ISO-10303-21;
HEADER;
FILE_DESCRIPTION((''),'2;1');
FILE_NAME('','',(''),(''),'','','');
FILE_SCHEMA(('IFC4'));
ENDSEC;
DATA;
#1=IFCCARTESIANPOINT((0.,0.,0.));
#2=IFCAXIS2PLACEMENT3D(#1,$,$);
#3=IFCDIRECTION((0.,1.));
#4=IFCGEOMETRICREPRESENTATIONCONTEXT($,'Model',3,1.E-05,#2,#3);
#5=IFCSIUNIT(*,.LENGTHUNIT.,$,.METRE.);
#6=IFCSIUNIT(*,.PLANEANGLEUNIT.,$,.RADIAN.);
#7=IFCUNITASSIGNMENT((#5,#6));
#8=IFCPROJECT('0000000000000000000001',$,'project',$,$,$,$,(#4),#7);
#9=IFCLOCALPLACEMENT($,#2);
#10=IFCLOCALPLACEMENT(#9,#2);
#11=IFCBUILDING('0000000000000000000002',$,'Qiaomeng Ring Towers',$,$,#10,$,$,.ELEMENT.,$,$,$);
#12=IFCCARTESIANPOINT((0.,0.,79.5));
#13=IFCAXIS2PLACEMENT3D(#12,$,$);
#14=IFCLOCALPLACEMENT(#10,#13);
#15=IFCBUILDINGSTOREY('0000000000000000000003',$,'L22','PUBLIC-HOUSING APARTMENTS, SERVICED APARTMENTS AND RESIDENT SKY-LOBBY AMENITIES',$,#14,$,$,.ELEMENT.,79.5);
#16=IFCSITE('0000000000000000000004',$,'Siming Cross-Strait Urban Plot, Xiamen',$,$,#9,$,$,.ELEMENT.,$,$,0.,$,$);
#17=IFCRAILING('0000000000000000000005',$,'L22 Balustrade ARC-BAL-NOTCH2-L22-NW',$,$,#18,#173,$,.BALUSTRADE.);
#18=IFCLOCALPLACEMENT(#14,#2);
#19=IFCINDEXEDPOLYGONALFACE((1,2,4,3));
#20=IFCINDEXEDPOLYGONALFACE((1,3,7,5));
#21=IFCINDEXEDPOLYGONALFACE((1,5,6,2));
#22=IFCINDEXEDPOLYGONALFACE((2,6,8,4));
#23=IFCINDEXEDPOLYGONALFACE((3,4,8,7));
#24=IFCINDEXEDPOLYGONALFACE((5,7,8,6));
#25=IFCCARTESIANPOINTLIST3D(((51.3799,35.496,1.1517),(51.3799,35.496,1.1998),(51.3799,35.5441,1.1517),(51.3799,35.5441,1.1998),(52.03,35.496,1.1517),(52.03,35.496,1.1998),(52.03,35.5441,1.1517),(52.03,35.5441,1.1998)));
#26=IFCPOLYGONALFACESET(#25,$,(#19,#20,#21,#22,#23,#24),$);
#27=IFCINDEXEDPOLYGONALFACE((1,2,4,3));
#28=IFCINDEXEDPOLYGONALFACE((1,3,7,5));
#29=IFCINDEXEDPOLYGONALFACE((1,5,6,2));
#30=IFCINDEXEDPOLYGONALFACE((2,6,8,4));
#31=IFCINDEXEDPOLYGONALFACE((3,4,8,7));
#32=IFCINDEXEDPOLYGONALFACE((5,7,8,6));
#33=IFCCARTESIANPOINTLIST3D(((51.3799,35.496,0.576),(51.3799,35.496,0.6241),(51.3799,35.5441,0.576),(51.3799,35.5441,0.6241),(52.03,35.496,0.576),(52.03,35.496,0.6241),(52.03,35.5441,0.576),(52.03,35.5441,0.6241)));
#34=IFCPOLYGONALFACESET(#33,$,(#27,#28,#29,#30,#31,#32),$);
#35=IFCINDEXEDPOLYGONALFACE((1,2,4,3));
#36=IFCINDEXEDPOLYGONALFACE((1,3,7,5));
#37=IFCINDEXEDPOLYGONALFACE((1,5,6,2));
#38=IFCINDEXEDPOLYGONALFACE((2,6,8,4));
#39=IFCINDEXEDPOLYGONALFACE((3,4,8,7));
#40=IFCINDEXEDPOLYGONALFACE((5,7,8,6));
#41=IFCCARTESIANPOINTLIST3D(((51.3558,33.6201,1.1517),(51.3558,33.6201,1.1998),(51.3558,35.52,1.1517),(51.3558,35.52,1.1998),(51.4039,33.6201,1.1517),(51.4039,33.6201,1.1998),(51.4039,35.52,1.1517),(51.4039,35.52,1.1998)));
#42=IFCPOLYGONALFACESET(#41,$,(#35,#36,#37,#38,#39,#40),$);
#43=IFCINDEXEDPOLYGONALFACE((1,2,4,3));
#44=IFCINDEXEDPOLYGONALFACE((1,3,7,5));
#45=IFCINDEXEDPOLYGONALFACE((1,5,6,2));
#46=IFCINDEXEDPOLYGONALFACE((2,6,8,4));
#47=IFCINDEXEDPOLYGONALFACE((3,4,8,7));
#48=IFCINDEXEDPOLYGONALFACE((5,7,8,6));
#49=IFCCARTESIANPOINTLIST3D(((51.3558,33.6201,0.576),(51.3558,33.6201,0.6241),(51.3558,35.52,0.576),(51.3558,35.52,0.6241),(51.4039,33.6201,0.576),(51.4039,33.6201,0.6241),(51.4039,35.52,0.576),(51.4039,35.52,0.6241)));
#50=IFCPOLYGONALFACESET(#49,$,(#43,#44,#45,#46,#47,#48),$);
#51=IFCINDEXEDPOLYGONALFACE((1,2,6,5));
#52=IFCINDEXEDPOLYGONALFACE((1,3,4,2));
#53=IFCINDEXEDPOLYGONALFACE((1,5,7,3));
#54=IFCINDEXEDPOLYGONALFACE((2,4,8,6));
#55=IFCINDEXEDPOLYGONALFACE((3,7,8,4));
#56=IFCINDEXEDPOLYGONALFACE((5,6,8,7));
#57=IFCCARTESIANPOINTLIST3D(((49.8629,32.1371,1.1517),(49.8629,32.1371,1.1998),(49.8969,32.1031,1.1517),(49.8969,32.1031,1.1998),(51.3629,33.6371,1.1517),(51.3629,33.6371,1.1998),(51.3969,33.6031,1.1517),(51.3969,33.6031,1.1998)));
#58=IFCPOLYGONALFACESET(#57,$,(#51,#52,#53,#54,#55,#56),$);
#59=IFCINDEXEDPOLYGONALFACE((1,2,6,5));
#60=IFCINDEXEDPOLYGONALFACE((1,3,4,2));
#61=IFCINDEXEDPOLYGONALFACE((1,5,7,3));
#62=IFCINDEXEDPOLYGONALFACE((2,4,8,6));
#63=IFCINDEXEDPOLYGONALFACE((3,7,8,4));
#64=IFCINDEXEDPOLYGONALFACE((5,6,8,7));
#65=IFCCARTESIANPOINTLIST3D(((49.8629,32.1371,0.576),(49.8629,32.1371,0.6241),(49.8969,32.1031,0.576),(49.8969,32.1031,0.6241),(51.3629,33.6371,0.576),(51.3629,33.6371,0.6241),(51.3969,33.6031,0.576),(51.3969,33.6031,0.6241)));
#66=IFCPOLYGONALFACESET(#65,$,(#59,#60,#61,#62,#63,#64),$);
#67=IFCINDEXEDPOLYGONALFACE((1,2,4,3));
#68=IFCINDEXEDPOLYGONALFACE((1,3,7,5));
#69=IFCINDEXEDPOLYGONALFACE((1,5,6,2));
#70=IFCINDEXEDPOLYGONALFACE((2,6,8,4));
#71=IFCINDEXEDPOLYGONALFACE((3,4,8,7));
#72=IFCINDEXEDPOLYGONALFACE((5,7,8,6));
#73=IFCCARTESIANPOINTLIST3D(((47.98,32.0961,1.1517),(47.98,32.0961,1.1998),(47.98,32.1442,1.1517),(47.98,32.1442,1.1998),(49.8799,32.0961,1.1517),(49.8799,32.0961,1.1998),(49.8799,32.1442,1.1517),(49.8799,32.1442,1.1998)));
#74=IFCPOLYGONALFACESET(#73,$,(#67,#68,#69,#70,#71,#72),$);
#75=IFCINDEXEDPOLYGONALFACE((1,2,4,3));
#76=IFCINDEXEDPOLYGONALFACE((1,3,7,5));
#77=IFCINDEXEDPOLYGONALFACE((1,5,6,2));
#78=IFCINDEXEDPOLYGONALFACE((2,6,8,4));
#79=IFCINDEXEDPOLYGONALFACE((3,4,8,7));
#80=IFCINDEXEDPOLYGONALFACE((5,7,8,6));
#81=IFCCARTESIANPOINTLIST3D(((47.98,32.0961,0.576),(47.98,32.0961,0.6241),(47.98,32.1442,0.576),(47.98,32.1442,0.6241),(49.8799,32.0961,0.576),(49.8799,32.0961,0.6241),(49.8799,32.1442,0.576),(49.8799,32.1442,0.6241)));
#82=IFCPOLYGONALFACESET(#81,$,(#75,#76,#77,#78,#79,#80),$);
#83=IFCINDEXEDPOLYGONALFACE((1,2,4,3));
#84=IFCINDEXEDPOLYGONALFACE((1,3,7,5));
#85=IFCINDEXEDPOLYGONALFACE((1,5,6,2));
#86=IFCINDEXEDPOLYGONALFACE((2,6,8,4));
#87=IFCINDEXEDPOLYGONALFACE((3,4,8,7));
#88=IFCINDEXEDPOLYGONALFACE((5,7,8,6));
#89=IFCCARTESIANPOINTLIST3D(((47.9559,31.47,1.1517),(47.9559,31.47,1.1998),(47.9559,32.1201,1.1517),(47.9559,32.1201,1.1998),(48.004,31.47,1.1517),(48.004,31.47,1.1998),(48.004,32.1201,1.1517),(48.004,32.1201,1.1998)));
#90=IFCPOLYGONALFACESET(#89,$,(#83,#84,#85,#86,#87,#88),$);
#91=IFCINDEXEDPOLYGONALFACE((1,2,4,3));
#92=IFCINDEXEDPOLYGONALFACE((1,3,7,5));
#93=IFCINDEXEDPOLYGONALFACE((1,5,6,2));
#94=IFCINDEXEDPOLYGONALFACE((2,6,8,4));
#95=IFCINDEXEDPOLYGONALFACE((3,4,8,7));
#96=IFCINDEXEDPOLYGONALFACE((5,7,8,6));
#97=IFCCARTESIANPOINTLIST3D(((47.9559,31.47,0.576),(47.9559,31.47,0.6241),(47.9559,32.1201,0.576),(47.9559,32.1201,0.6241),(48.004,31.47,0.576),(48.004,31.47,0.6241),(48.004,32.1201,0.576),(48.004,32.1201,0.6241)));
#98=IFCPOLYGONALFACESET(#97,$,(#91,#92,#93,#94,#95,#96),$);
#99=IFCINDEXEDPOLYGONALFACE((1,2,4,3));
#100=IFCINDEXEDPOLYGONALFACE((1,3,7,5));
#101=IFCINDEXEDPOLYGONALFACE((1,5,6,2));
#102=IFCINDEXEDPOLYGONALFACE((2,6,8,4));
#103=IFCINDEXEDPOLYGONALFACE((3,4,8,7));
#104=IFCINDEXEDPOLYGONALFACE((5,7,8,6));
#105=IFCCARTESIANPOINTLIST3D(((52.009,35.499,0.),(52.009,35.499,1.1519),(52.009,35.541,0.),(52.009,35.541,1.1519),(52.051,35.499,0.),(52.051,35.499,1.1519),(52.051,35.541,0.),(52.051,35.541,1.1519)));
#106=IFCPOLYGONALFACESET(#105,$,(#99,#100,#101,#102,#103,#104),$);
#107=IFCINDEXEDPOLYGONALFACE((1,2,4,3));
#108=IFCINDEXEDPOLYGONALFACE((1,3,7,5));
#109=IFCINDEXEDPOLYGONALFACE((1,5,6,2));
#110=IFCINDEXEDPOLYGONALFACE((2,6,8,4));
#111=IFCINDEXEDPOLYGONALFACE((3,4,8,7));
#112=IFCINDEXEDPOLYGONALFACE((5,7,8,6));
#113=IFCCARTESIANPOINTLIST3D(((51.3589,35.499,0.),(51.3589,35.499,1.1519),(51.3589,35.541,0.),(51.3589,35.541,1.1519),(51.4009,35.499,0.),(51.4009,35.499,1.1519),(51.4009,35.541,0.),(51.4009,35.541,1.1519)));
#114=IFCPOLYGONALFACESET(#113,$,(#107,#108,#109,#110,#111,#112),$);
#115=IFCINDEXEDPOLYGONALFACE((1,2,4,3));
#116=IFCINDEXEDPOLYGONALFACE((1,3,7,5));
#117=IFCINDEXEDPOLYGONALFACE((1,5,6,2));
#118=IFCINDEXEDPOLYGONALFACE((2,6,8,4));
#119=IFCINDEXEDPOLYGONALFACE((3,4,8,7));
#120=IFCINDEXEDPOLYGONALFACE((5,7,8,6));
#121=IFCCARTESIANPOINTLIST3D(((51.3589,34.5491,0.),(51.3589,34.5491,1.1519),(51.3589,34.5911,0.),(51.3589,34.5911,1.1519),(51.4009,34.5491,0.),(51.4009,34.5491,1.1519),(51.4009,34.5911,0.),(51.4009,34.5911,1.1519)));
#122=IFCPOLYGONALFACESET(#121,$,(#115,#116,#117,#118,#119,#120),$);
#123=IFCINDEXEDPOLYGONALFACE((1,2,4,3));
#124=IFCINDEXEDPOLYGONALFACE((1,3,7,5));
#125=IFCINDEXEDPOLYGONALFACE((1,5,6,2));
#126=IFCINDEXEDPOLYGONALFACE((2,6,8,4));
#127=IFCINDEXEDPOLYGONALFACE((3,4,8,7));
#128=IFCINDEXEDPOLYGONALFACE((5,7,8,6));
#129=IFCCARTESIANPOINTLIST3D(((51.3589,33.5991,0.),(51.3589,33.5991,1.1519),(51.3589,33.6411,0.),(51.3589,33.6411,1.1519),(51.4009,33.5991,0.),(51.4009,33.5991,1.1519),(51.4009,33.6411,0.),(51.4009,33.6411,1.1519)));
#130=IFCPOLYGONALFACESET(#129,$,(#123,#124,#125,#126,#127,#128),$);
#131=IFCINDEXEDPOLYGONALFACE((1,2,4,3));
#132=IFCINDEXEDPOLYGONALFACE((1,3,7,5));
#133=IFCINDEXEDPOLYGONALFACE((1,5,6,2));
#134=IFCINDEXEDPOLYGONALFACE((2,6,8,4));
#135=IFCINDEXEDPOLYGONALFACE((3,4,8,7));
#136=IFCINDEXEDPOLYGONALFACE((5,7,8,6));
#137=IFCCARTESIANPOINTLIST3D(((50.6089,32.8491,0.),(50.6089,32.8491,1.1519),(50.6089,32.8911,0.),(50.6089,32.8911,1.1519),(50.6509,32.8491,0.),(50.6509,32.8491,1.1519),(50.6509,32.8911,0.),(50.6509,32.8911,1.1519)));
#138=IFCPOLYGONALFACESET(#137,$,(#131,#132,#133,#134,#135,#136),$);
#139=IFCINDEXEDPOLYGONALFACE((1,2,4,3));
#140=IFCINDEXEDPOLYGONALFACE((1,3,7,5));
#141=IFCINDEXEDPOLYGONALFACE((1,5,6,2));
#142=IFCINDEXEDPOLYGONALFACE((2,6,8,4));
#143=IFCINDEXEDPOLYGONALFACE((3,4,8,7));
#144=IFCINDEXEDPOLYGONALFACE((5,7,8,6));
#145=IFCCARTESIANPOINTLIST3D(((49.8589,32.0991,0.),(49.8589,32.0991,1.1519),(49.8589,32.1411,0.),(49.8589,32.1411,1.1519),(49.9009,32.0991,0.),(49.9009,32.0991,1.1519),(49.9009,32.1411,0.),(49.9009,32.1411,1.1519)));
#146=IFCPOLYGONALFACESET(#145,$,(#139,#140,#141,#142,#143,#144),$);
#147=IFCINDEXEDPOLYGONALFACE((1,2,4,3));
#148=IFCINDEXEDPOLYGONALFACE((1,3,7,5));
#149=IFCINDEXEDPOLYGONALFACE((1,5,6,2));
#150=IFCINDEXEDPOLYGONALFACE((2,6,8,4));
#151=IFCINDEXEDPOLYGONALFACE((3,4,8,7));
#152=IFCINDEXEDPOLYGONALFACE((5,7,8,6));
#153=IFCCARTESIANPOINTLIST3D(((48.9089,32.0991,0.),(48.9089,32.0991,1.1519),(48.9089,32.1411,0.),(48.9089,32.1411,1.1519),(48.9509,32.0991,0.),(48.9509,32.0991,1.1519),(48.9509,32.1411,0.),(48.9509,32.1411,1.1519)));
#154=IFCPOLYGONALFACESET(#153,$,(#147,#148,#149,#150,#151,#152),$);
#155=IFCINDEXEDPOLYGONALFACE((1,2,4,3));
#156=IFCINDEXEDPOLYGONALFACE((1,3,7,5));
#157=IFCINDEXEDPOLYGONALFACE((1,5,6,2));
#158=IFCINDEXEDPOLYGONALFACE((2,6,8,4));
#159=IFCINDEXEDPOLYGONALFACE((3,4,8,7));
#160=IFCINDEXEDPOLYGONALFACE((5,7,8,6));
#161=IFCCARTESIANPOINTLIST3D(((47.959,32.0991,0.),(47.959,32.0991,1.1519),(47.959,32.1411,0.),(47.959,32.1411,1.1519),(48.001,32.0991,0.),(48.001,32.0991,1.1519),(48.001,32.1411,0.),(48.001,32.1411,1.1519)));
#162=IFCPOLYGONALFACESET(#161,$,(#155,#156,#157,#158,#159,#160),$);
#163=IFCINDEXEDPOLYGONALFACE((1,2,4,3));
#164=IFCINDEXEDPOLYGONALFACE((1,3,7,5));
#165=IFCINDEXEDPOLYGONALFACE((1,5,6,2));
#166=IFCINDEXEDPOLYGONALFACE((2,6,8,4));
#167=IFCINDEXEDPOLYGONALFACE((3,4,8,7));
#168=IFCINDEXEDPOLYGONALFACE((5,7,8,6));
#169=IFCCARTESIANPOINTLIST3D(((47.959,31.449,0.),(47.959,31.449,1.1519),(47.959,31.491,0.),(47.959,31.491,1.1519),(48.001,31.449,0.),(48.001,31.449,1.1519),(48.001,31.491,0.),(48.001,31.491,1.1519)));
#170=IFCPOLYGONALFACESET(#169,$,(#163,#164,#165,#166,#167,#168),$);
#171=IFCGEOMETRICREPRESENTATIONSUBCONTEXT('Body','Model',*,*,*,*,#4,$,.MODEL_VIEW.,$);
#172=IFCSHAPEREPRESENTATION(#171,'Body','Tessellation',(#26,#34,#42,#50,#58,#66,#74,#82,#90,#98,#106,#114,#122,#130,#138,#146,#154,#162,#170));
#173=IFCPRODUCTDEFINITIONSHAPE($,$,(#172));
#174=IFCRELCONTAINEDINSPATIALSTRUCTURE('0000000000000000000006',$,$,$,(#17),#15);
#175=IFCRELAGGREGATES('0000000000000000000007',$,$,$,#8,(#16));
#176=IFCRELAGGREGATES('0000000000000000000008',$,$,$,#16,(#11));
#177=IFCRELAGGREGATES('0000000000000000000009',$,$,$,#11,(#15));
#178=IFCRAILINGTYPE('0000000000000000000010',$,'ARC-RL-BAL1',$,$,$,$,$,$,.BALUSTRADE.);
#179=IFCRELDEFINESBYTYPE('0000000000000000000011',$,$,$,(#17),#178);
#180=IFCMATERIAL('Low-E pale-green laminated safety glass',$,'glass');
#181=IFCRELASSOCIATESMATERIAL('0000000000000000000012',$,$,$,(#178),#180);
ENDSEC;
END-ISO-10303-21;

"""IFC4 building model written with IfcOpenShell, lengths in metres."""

from ifc_helpers import new_model, si_unit, direction, frame, origin, origin_2d, place, context, subcontext, project, spatial, rectangle, extrude, material, type_object, element, save


model = new_model("IFC4")

# Units and contexts
model_context = context("Model", 3, precision=1e-05, world=origin(), true_north=direction((0.0, 1.0)))
body_context = subcontext(model_context, "Body", "Model", "MODEL_VIEW")
ifc_project = project(units=[si_unit("LENGTHUNIT", "METRE"), si_unit("PLANEANGLEUNIT", "RADIAN")], contexts=[model_context])

# Site, building, storey
site_placement = place(None, origin())
site = spatial("IfcSite", under=ifc_project, at=site_placement, Name="Siming Cross-Strait Urban Plot, Xiamen", CompositionType="ELEMENT", RefElevation=0.0)
building_placement = place(site_placement, origin())
building = spatial("IfcBuilding", under=site, at=building_placement, Name="Qiaomeng Ring Towers", CompositionType="ELEMENT")
storey_placement = place(building_placement, frame((0.0, 0.0, 79.5)))
storey = spatial("IfcBuildingStorey", under=building, at=storey_placement, Name="L22", Description="PUBLIC-HOUSING APARTMENTS, SERVICED APARTMENTS AND RESIDENT SKY-LOBBY AMENITIES", CompositionType="ELEMENT", Elevation=79.5)

# Railing
ifc_material_1 = material(Name="Low-E pale-green laminated safety glass", Category="glass")
railing_type = type_object("IfcRailingType", Name="ARC-RL-BAL1", PredefinedType="BALUSTRADE", material=ifc_material_1)
railing_1_placement = place(storey_placement, frame((52.03, 35.52, 0.0)))
element("IfcRailing", 1, at=railing_1_placement, inside=storey, type_object=railing_type, Name="L22 Balustrade ARC-BAL-NOTCH2-L22-NW", PredefinedType="BALUSTRADE", context=body_context, shape_type="SweptSolid", body=[
    extrude(rectangle(XDim=0.0481, YDim=0.0481, at=origin_2d()), frame((0.0, 0.0, 1.1758), z_axis=(-1.0, 0.0, 0.0), x_axis=(0.0, -1.0, 0.0)), (0.0, 0.0, 1.0), 0.6501),
    extrude(rectangle(XDim=0.0481, YDim=0.0481, at=origin_2d()), frame((0.0, 0.0, 0.6001), z_axis=(-1.0, 0.0, 0.0), x_axis=(0.0, -1.0, 0.0)), (0.0, 0.0, 1.0), 0.6501),
    extrude(rectangle(XDim=0.0481, YDim=0.0481, at=origin_2d()), frame((-0.6501, 0.0, 1.1758), z_axis=(0.0, -1.0, 0.0), x_axis=(1.0, 0.0, 0.0)), (0.0, 0.0, 1.0), 1.8999),
    extrude(rectangle(XDim=0.0481, YDim=0.0481, at=origin_2d()), frame((-0.6501, 0.0, 0.6001), z_axis=(0.0, -1.0, 0.0), x_axis=(1.0, 0.0, 0.0)), (0.0, 0.0, 1.0), 1.8999),
    extrude(rectangle(XDim=0.0481, YDim=0.0481, at=origin_2d()), frame((-0.6501, -1.8999, 1.1758), z_axis=(-0.707107, -0.707107, 0.0), x_axis=(0.707107, -0.707107, 0.0)), (0.0, 0.0, 1.0), 2.1213),
    extrude(rectangle(XDim=0.0481, YDim=0.0481, at=origin_2d()), frame((-0.6501, -1.8999, 0.6001), z_axis=(-0.707107, -0.707107, 0.0), x_axis=(0.707107, -0.707107, 0.0)), (0.0, 0.0, 1.0), 2.1213),
    extrude(rectangle(XDim=0.0481, YDim=0.0481, at=origin_2d()), frame((-2.1501, -3.3999, 1.1758), z_axis=(-1.0, 0.0, 0.0), x_axis=(0.0, -1.0, 0.0)), (0.0, 0.0, 1.0), 1.8999),
    extrude(rectangle(XDim=0.0481, YDim=0.0481, at=origin_2d()), frame((-2.1501, -3.3999, 0.6001), z_axis=(-1.0, 0.0, 0.0), x_axis=(0.0, -1.0, 0.0)), (0.0, 0.0, 1.0), 1.8999),
    extrude(rectangle(XDim=0.0481, YDim=0.0481, at=origin_2d()), frame((-4.05, -3.3999, 1.1758), z_axis=(0.0, -1.0, 0.0), x_axis=(1.0, 0.0, 0.0)), (0.0, 0.0, 1.0), 0.6501),
    extrude(rectangle(XDim=0.0481, YDim=0.0481, at=origin_2d()), frame((-4.05, -3.3999, 0.6001), z_axis=(0.0, -1.0, 0.0), x_axis=(1.0, 0.0, 0.0)), (0.0, 0.0, 1.0), 0.6501),
    extrude(rectangle(XDim=0.042, YDim=0.042, at=origin_2d()), origin(), (0.0, 0.0, 1.0), 1.1519),
    extrude(rectangle(XDim=0.042, YDim=0.042, at=origin_2d()), frame((-0.6501, 0.0, 0.0)), (0.0, 0.0, 1.0), 1.1519),
    extrude(rectangle(XDim=0.042, YDim=0.042, at=origin_2d()), frame((-0.6501, -0.95, 0.0)), (0.0, 0.0, 1.0), 1.1519),
    extrude(rectangle(XDim=0.042, YDim=0.042, at=origin_2d()), frame((-0.6501, -1.8999, 0.0)), (0.0, 0.0, 1.0), 1.1519),
    extrude(rectangle(XDim=0.042, YDim=0.042, at=origin_2d()), frame((-1.4001, -2.6499, 0.0)), (0.0, 0.0, 1.0), 1.1519),
    extrude(rectangle(XDim=0.042, YDim=0.042, at=origin_2d()), frame((-2.1501, -3.3999, 0.0)), (0.0, 0.0, 1.0), 1.1519),
    extrude(rectangle(XDim=0.042, YDim=0.042, at=origin_2d()), frame((-3.1001, -3.3999, 0.0)), (0.0, 0.0, 1.0), 1.1519),
    extrude(rectangle(XDim=0.042, YDim=0.042, at=origin_2d()), frame((-4.05, -3.3999, 0.0)), (0.0, 0.0, 1.0), 1.1519),
    extrude(rectangle(XDim=0.042, YDim=0.042, at=origin_2d()), frame((-4.05, -4.05, 0.0)), (0.0, 0.0, 1.0), 1.1519),
])

save(model, "model.ifc")
